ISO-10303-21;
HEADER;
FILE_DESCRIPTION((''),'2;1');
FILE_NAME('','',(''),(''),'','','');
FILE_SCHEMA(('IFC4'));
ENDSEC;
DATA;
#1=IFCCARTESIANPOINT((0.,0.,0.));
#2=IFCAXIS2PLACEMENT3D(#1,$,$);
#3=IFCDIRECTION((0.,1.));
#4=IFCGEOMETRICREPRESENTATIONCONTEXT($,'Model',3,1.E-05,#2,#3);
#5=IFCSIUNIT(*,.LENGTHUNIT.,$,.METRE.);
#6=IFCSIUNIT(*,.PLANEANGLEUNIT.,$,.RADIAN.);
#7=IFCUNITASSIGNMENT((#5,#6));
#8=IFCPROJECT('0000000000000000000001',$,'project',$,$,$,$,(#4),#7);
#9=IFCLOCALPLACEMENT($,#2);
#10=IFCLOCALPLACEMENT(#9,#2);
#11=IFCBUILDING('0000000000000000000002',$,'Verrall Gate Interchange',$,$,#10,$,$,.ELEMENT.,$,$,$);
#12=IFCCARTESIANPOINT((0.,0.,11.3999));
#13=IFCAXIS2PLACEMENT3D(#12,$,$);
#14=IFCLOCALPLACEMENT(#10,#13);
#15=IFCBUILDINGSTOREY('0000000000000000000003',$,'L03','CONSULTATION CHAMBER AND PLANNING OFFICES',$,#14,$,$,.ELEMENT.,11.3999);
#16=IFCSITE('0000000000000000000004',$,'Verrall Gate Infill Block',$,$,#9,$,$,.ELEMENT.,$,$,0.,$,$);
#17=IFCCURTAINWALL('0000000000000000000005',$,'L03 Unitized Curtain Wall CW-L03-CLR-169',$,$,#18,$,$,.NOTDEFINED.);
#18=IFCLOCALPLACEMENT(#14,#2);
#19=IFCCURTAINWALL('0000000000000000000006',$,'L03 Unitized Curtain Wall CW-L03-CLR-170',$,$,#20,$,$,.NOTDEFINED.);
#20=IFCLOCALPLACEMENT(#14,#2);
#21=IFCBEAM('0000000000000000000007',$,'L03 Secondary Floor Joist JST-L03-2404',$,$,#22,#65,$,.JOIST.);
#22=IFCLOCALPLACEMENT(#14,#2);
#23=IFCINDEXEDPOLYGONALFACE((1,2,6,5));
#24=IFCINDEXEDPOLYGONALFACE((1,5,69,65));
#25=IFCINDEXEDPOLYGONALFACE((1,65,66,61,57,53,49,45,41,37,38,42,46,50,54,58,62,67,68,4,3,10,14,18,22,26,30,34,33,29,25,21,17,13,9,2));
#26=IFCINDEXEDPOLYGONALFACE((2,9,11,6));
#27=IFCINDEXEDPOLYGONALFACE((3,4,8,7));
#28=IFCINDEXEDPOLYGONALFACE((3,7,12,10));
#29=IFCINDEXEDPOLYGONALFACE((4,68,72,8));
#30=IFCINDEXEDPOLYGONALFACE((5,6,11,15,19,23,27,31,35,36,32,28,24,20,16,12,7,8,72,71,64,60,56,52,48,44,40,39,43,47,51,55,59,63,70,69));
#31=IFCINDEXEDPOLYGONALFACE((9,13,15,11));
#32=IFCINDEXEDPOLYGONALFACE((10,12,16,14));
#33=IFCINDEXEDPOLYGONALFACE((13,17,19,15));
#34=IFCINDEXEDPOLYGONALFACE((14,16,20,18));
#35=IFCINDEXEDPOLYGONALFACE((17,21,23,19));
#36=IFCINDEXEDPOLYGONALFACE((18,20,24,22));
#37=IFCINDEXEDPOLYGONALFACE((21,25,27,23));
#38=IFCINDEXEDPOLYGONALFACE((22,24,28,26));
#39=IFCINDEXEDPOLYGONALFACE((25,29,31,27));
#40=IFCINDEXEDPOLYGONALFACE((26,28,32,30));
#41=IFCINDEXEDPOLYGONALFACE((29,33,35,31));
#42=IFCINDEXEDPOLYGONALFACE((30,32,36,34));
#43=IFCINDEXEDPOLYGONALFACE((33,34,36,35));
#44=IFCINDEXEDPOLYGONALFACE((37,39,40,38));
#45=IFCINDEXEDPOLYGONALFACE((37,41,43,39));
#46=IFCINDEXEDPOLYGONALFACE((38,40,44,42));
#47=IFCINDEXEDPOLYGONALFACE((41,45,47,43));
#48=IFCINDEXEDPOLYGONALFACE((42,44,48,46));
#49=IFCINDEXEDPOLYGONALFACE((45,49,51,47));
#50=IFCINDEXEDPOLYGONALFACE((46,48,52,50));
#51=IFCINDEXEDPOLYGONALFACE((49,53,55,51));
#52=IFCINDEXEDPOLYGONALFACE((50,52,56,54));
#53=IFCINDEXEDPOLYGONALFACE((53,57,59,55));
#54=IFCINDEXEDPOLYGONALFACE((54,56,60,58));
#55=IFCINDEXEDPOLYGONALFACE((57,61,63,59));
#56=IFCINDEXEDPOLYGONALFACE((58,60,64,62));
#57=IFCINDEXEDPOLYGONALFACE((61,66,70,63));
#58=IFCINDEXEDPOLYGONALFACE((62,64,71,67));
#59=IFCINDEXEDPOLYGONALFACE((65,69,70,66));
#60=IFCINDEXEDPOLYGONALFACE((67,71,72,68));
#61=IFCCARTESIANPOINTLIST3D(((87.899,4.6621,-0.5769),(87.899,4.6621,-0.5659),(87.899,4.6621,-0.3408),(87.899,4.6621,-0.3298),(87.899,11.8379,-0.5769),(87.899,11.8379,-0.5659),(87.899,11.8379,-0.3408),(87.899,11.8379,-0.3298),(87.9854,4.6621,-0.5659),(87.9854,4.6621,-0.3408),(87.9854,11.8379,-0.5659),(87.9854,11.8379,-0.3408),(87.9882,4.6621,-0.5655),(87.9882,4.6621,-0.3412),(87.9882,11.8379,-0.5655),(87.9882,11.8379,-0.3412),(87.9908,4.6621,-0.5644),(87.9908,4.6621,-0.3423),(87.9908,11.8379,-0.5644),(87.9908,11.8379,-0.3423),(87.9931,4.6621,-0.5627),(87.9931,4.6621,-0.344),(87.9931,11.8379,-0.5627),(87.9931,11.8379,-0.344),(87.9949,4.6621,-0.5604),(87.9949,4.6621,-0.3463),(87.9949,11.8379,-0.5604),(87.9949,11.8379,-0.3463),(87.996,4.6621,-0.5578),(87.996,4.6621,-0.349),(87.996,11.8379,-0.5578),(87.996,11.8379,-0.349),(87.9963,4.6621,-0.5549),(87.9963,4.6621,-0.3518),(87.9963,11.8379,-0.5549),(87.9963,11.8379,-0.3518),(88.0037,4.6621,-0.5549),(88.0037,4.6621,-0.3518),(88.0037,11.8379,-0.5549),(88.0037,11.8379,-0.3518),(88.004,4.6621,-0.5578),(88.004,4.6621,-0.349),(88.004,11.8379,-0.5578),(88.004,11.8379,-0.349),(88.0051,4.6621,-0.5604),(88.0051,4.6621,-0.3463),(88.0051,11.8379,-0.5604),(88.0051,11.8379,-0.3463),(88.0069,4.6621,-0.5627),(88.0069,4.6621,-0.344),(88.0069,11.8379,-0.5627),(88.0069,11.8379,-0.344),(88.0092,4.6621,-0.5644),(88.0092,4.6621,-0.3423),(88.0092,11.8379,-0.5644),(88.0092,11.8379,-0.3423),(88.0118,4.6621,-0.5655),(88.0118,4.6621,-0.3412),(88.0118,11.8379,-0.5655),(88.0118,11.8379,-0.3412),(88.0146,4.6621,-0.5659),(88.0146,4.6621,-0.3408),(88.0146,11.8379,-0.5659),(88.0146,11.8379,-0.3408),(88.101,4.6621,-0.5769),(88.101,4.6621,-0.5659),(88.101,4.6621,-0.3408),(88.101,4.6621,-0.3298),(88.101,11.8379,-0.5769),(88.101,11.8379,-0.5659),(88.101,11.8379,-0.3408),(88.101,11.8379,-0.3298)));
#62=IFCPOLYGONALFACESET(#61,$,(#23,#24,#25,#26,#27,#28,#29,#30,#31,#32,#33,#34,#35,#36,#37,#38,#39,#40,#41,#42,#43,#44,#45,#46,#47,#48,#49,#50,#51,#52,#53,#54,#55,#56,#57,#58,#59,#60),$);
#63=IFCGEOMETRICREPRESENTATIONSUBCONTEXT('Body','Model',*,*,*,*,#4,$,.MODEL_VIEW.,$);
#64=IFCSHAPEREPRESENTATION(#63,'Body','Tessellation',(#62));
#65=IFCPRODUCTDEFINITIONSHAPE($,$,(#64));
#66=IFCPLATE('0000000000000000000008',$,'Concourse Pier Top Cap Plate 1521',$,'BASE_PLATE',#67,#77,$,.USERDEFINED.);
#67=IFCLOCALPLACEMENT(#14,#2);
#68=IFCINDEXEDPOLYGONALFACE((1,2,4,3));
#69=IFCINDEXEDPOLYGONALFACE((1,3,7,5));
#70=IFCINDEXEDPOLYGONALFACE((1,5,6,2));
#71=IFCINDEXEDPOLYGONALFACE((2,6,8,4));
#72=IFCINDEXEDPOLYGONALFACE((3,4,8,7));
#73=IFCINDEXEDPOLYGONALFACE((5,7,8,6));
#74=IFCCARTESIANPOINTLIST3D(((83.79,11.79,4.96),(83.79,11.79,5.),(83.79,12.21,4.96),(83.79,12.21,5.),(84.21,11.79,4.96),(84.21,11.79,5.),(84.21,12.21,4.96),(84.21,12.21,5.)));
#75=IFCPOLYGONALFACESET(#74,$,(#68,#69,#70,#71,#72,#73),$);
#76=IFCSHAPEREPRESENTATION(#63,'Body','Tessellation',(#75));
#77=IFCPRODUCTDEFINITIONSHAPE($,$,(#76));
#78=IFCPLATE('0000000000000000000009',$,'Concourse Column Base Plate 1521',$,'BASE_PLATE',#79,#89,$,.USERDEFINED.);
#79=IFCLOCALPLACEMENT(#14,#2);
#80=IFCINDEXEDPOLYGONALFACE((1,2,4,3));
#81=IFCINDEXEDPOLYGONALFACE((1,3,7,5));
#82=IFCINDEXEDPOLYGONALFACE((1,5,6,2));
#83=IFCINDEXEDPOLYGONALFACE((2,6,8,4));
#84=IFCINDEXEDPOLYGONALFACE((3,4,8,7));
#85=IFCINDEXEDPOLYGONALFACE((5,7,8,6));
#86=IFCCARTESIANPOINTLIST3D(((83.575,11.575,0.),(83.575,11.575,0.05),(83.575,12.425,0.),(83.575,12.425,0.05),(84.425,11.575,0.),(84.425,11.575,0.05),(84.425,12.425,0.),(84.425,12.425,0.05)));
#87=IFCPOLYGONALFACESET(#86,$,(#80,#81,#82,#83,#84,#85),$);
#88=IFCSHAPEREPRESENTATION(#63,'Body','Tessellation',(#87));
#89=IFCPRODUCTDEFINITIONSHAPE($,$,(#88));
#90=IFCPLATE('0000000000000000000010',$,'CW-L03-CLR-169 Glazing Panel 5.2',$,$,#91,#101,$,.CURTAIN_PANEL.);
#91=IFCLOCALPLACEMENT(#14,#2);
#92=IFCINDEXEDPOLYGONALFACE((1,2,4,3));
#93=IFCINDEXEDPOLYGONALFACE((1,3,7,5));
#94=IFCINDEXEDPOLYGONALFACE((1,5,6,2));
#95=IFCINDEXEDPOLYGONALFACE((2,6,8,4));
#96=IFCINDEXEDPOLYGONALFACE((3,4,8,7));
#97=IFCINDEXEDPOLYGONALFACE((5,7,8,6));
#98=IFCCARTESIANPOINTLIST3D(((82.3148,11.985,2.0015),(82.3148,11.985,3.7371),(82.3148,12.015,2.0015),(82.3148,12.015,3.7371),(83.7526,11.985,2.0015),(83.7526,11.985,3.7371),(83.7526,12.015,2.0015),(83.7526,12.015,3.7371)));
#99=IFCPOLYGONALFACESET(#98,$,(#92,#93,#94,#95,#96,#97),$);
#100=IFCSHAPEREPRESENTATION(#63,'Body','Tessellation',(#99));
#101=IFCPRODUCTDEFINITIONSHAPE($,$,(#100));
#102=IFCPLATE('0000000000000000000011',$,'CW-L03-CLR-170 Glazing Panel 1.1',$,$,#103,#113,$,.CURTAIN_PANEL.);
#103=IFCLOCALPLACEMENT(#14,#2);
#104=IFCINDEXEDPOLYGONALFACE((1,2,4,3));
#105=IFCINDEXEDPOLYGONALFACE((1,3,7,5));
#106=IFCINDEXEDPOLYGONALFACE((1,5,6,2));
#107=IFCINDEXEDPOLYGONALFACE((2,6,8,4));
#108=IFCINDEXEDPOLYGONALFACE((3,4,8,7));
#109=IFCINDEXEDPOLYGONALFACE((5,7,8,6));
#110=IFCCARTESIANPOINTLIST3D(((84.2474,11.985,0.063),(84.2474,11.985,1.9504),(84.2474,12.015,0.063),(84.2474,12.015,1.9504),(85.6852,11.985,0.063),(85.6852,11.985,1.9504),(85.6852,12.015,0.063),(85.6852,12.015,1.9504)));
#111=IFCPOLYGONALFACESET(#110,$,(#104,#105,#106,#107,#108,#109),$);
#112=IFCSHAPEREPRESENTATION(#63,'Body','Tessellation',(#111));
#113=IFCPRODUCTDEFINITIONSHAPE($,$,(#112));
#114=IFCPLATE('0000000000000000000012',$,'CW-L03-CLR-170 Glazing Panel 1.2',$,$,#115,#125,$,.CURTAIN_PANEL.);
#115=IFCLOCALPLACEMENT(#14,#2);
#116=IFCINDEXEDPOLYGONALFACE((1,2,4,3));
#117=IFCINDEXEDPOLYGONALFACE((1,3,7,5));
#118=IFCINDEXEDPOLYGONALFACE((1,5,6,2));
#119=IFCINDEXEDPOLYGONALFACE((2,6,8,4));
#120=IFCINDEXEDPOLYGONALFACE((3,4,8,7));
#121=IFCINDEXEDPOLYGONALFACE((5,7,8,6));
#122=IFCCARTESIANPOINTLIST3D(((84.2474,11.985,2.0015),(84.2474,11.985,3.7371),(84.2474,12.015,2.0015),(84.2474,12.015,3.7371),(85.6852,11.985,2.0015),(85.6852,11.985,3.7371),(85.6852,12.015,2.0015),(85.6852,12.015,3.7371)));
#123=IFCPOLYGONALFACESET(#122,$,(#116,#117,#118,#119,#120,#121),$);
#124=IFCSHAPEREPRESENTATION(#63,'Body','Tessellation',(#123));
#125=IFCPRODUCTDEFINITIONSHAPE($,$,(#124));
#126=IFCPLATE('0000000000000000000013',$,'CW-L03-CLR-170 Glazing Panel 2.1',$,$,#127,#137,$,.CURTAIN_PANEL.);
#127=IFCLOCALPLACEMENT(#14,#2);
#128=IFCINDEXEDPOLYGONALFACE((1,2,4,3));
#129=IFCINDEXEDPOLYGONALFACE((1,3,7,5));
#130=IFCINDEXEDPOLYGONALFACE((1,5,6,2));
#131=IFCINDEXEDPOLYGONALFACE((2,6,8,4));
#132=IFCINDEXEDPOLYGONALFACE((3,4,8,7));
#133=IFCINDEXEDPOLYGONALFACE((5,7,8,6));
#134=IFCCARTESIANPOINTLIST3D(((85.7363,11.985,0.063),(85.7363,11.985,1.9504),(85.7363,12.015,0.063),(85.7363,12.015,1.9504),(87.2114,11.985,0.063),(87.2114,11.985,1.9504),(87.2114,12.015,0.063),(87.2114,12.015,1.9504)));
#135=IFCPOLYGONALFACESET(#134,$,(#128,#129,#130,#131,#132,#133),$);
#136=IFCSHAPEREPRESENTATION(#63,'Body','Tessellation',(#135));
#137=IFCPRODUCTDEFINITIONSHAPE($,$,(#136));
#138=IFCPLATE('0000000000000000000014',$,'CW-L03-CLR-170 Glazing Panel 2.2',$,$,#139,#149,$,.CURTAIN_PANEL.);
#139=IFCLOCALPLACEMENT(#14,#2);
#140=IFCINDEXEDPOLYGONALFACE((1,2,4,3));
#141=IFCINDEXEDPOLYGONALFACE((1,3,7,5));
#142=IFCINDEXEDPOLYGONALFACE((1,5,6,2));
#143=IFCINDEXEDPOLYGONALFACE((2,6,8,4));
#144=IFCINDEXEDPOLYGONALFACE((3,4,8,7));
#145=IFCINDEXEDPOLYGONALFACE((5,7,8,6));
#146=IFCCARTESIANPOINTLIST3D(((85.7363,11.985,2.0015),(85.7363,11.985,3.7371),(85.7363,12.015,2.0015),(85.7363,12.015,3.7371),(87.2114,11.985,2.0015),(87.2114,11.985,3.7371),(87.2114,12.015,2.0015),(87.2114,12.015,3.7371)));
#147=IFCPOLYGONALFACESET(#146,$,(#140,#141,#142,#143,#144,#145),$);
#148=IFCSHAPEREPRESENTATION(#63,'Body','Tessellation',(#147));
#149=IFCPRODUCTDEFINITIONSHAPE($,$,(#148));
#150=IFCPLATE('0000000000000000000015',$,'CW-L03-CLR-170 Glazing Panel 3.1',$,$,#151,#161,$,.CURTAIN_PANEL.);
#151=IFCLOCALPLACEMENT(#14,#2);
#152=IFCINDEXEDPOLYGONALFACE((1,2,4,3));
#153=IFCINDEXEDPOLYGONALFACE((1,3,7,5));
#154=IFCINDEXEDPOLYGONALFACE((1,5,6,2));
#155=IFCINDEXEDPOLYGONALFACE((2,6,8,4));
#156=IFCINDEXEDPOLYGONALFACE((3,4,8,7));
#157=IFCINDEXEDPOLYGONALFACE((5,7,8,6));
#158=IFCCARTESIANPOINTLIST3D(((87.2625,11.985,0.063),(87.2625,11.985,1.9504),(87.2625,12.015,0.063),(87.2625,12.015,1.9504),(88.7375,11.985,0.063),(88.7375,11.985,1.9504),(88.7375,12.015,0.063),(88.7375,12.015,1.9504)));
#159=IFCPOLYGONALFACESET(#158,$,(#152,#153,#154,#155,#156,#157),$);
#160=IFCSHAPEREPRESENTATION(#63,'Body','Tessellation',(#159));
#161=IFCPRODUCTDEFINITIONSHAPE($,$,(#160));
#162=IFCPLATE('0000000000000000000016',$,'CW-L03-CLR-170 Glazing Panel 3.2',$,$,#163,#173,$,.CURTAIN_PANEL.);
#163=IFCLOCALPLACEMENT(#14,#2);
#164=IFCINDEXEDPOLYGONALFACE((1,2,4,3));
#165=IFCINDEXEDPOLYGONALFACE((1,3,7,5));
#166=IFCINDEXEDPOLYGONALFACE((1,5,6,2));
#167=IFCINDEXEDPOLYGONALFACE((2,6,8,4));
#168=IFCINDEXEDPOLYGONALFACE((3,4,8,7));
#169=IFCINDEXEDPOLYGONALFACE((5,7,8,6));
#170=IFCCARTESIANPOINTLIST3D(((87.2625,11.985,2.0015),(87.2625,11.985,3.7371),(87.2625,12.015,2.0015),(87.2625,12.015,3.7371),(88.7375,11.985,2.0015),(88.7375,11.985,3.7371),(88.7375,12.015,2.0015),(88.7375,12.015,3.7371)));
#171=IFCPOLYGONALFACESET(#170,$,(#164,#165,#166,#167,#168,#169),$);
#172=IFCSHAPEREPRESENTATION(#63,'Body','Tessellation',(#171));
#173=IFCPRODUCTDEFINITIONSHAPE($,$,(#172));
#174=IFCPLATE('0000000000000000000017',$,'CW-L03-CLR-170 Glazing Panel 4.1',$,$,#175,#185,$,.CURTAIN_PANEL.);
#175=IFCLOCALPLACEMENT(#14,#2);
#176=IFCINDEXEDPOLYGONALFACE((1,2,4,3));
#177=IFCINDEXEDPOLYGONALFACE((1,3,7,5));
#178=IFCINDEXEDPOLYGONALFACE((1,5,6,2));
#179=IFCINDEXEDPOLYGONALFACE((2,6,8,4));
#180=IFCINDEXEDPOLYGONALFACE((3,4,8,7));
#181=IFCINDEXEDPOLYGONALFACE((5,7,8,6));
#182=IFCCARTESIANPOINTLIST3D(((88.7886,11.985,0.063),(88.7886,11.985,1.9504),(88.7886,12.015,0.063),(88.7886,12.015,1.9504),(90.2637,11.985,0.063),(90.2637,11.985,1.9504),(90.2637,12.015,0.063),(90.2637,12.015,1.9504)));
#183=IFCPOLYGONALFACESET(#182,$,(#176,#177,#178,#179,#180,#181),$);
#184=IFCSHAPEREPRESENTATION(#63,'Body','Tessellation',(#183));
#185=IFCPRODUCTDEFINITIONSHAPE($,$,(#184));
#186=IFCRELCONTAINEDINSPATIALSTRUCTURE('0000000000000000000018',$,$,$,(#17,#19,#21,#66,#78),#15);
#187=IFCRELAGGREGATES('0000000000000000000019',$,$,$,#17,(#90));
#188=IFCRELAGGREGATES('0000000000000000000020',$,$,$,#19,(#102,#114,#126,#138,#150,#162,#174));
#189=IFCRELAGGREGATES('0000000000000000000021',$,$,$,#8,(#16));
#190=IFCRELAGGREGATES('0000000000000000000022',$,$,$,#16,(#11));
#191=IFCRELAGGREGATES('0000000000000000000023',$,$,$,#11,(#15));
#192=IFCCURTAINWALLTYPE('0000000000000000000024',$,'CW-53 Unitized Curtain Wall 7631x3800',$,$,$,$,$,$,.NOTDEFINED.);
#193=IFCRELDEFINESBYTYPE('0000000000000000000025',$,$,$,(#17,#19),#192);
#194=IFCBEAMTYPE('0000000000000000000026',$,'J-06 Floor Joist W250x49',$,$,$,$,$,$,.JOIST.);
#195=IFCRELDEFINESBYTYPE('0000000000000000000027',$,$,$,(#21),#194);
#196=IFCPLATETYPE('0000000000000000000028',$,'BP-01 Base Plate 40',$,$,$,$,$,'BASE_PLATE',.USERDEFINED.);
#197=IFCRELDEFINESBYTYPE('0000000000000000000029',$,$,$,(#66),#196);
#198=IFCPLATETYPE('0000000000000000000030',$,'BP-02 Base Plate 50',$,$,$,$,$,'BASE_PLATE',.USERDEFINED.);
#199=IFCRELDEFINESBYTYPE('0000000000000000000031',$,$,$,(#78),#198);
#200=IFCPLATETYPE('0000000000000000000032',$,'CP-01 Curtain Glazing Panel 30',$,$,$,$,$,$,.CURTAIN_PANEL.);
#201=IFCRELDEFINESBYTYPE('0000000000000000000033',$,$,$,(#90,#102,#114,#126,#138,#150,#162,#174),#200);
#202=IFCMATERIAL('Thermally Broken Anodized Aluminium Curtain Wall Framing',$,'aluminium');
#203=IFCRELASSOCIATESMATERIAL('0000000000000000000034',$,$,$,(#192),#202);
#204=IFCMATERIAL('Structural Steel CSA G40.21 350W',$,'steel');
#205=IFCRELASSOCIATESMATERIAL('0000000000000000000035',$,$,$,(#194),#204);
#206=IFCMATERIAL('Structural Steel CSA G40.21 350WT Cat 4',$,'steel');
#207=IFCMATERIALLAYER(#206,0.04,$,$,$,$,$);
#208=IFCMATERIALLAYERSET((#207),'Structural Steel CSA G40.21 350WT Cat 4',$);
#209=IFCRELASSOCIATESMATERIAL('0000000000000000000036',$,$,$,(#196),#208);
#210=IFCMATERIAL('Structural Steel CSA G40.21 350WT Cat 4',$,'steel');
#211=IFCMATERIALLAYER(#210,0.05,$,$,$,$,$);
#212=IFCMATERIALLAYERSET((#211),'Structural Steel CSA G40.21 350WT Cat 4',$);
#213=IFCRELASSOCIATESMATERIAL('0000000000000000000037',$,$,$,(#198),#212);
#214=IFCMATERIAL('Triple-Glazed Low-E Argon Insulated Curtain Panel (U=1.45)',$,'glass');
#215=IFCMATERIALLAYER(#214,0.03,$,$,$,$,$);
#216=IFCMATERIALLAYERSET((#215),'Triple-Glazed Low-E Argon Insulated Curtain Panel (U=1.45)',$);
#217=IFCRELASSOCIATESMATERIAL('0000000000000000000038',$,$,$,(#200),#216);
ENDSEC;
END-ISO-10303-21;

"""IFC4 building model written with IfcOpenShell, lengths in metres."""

from ifc_helpers import new_model, si_unit, direction, frame, origin, origin_2d, place, context, subcontext, project, spatial, rectangle, i_section, extrude, material, layer, layer_set, material_profile, profile_set, type_object, element, aggregate, save


model = new_model("IFC4")

# Units and contexts
model_context = context("Model", 3, precision=1e-05, world=origin(), true_north=direction((0.0, 1.0)))
body_context = subcontext(model_context, "Body", "Model", "MODEL_VIEW")
ifc_project = project(units=[si_unit("LENGTHUNIT", "METRE"), si_unit("PLANEANGLEUNIT", "RADIAN")], contexts=[model_context])

# Site, building, storey
site_placement = place(None, origin())
site = spatial("IfcSite", under=ifc_project, at=site_placement, Name="Verrall Gate Infill Block", CompositionType="ELEMENT", RefElevation=0.0)
building_placement = place(site_placement, origin())
building = spatial("IfcBuilding", under=site, at=building_placement, Name="Verrall Gate Interchange", CompositionType="ELEMENT")
storey_placement = place(building_placement, frame((0.0, 0.0, 11.3999)))
storey = spatial("IfcBuildingStorey", under=building, at=storey_placement, Name="L03", Description="CONSULTATION CHAMBER AND PLANNING OFFICES", CompositionType="ELEMENT", Elevation=11.3999)

# Curtain wall
ifc_material_1 = material(Name="Thermally Broken Anodized Aluminium Curtain Wall Framing", Category="aluminium")
curtain_wall_type = type_object("IfcCurtainWallType", Name="CW-53 Unitized Curtain Wall 7631x3800", PredefinedType="NOTDEFINED", material=ifc_material_1)
curtain_wall_1_placement = place(storey_placement, origin())
curtain_wall_1 = element("IfcCurtainWall", 1, at=curtain_wall_1_placement, inside=storey, type_object=curtain_wall_type, Name="L03 Unitized Curtain Wall CW-L03-CLR-169", PredefinedType="NOTDEFINED")

# Curtain wall
curtain_wall_2_placement = place(storey_placement, origin())
curtain_wall_2 = element("IfcCurtainWall", 2, at=curtain_wall_2_placement, inside=storey, type_object=curtain_wall_type, Name="L03 Unitized Curtain Wall CW-L03-CLR-170", PredefinedType="NOTDEFINED")

# Beam
ifc_material_2 = material(Name="Structural Steel CSA G40.21 350W", Category="steel")
ifc_material_profile_1 = material_profile(ifc_material_2, i_section(OverallWidth=0.2019, OverallDepth=0.2471, WebThickness=0.0073, FlangeThickness=0.011, FilletRadius=0.011, at=origin_2d()), Name="W250x49")
ifc_profile_set_1 = profile_set([ifc_material_profile_1], Name="Structural Steel CSA G40.21 350W")
beam_type_1 = type_object("IfcBeamType", Name="J-06 Floor Joist W250x49", PredefinedType="JOIST", material=ifc_profile_set_1)
beam_1_placement = place(storey_placement, frame((88.0, 4.6621, -0.4534), z_axis=(0.0, 1.0, 0.0), x_axis=(-1.0, 0.0, 0.0)))
element("IfcBeam", 3, at=beam_1_placement, inside=storey, type_object=beam_type_1, Name="L03 Secondary Floor Joist JST-L03-2404", PredefinedType="JOIST", context=body_context, shape_type="SweptSolid", body=[
    extrude(i_section(OverallWidth=0.2019, OverallDepth=0.2471, WebThickness=0.0073, FlangeThickness=0.011, FilletRadius=0.011, at=origin_2d()), origin(), (0.0, 0.0, 1.0), 7.1758),
])

# Plates
ifc_material_3 = material(Name="Structural Steel CSA G40.21 350WT Cat 4", Category="steel")
ifc_layer_1 = layer(ifc_material_3, 0.04)
ifc_layer_set_1 = layer_set([ifc_layer_1], Name="Structural Steel CSA G40.21 350WT Cat 4")
plate_type_1 = type_object("IfcPlateType", Name="BP-01 Base Plate 40", ElementType="BASE_PLATE", PredefinedType="USERDEFINED", material=ifc_layer_set_1)
plate_1_placement = place(storey_placement, frame((84.0, 12.0, 4.96), z_axis=(0.0, 0.0, 1.0), x_axis=(1.0, 0.0, 0.0)))
element("IfcPlate", 4, at=plate_1_placement, inside=storey, type_object=plate_type_1, Name="Concourse Pier Top Cap Plate 1521", ObjectType="BASE_PLATE", PredefinedType="USERDEFINED", context=body_context, shape_type="SweptSolid", body=[
    extrude(rectangle(XDim=0.4199, YDim=0.4199, at=origin_2d()), origin(), (0.0, 0.0, 1.0), 0.04),
])
ifc_material_4 = material(Name="Structural Steel CSA G40.21 350WT Cat 4", Category="steel")
ifc_layer_2 = layer(ifc_material_4, 0.05)
ifc_layer_set_2 = layer_set([ifc_layer_2], Name="Structural Steel CSA G40.21 350WT Cat 4")
plate_type_2 = type_object("IfcPlateType", Name="BP-02 Base Plate 50", ElementType="BASE_PLATE", PredefinedType="USERDEFINED", material=ifc_layer_set_2)
plate_2_placement = place(storey_placement, frame((84.0, 12.0, 0.0), z_axis=(0.0, 0.0, 1.0), x_axis=(1.0, 0.0, 0.0)))
element("IfcPlate", 5, at=plate_2_placement, inside=storey, type_object=plate_type_2, Name="Concourse Column Base Plate 1521", ObjectType="BASE_PLATE", PredefinedType="USERDEFINED", context=body_context, shape_type="SweptSolid", body=[
    extrude(rectangle(XDim=0.8501, YDim=0.8501, at=origin_2d()), origin(), (0.0, 0.0, 1.0), 0.05),
])

# Plates
ifc_material_5 = material(Name="Triple-Glazed Low-E Argon Insulated Curtain Panel (U=1.45)", Category="glass")
ifc_layer_3 = layer(ifc_material_5, 0.03)
ifc_layer_set_3 = layer_set([ifc_layer_3], Name="Triple-Glazed Low-E Argon Insulated Curtain Panel (U=1.45)")
plate_type_3 = type_object("IfcPlateType", Name="CP-01 Curtain Glazing Panel 30", PredefinedType="CURTAIN_PANEL", material=ifc_layer_set_3)
plate_3_placement = place(storey_placement, frame((83.0337, 12.0, 2.0015), z_axis=(0.0, 0.0, 1.0), x_axis=(1.0, 0.0, 0.0)))
plate_3 = element("IfcPlate", 6, at=plate_3_placement, type_object=plate_type_3, Name="CW-L03-CLR-169 Glazing Panel 5.2", PredefinedType="CURTAIN_PANEL", context=body_context, shape_type="SweptSolid", body=[
    extrude(rectangle(XDim=1.4377, YDim=0.03, at=origin_2d()), origin(), (0.0, 0.0, 1.0), 1.7356),
])
aggregate(curtain_wall_1, [plate_3])
plate_4_placement = place(storey_placement, frame((84.9663, 12.0, 0.063), z_axis=(0.0, 0.0, 1.0), x_axis=(1.0, 0.0, 0.0)))
plate_4 = element("IfcPlate", 7, at=plate_4_placement, type_object=plate_type_3, Name="CW-L03-CLR-170 Glazing Panel 1.1", PredefinedType="CURTAIN_PANEL", context=body_context, shape_type="SweptSolid", body=[
    extrude(rectangle(XDim=1.4377, YDim=0.03, at=origin_2d()), origin(), (0.0, 0.0, 1.0), 1.8875),
])
plate_5_placement = place(storey_placement, frame((84.9663, 12.0, 2.0015), z_axis=(0.0, 0.0, 1.0), x_axis=(1.0, 0.0, 0.0)))
plate_5 = element("IfcPlate", 8, at=plate_5_placement, type_object=plate_type_3, Name="CW-L03-CLR-170 Glazing Panel 1.2", PredefinedType="CURTAIN_PANEL", context=body_context, shape_type="SweptSolid", body=[
    extrude(rectangle(XDim=1.4377, YDim=0.03, at=origin_2d()), origin(), (0.0, 0.0, 1.0), 1.7356),
])
plate_6_placement = place(storey_placement, frame((86.4739, 12.0, 0.063), z_axis=(0.0, 0.0, 1.0), x_axis=(1.0, 0.0, 0.0)))
plate_6 = element("IfcPlate", 9, at=plate_6_placement, type_object=plate_type_3, Name="CW-L03-CLR-170 Glazing Panel 2.1", PredefinedType="CURTAIN_PANEL", context=body_context, shape_type="SweptSolid", body=[
    extrude(rectangle(XDim=1.4751, YDim=0.03, at=origin_2d()), origin(), (0.0, 0.0, 1.0), 1.8875),
])
plate_7_placement = place(storey_placement, frame((86.4739, 12.0, 2.0015), z_axis=(0.0, 0.0, 1.0), x_axis=(1.0, 0.0, 0.0)))
plate_7 = element("IfcPlate", 10, at=plate_7_placement, type_object=plate_type_3, Name="CW-L03-CLR-170 Glazing Panel 2.2", PredefinedType="CURTAIN_PANEL", context=body_context, shape_type="SweptSolid", body=[
    extrude(rectangle(XDim=1.4751, YDim=0.03, at=origin_2d()), origin(), (0.0, 0.0, 1.0), 1.7356),
])
plate_8_placement = place(storey_placement, frame((88.0, 12.0, 0.063), z_axis=(0.0, 0.0, 1.0), x_axis=(1.0, 0.0, 0.0)))
plate_8 = element("IfcPlate", 11, at=plate_8_placement, type_object=plate_type_3, Name="CW-L03-CLR-170 Glazing Panel 3.1", PredefinedType="CURTAIN_PANEL", context=body_context, shape_type="SweptSolid", body=[
    extrude(rectangle(XDim=1.4751, YDim=0.03, at=origin_2d()), origin(), (0.0, 0.0, 1.0), 1.8875),
])
plate_9_placement = place(storey_placement, frame((88.0, 12.0, 2.0015), z_axis=(0.0, 0.0, 1.0), x_axis=(1.0, 0.0, 0.0)))
plate_9 = element("IfcPlate", 12, at=plate_9_placement, type_object=plate_type_3, Name="CW-L03-CLR-170 Glazing Panel 3.2", PredefinedType="CURTAIN_PANEL", context=body_context, shape_type="SweptSolid", body=[
    extrude(rectangle(XDim=1.4751, YDim=0.03, at=origin_2d()), origin(), (0.0, 0.0, 1.0), 1.7356),
])
plate_10_placement = place(storey_placement, frame((89.5261, 12.0, 0.063), z_axis=(0.0, 0.0, 1.0), x_axis=(1.0, 0.0, 0.0)))
plate_10 = element("IfcPlate", 13, at=plate_10_placement, type_object=plate_type_3, Name="CW-L03-CLR-170 Glazing Panel 4.1", PredefinedType="CURTAIN_PANEL", context=body_context, shape_type="SweptSolid", body=[
    extrude(rectangle(XDim=1.4751, YDim=0.03, at=origin_2d()), origin(), (0.0, 0.0, 1.0), 1.8875),
])
aggregate(curtain_wall_2, [plate_4, plate_5, plate_6, plate_7, plate_8, plate_9, plate_10])

save(model, "model.ifc")
